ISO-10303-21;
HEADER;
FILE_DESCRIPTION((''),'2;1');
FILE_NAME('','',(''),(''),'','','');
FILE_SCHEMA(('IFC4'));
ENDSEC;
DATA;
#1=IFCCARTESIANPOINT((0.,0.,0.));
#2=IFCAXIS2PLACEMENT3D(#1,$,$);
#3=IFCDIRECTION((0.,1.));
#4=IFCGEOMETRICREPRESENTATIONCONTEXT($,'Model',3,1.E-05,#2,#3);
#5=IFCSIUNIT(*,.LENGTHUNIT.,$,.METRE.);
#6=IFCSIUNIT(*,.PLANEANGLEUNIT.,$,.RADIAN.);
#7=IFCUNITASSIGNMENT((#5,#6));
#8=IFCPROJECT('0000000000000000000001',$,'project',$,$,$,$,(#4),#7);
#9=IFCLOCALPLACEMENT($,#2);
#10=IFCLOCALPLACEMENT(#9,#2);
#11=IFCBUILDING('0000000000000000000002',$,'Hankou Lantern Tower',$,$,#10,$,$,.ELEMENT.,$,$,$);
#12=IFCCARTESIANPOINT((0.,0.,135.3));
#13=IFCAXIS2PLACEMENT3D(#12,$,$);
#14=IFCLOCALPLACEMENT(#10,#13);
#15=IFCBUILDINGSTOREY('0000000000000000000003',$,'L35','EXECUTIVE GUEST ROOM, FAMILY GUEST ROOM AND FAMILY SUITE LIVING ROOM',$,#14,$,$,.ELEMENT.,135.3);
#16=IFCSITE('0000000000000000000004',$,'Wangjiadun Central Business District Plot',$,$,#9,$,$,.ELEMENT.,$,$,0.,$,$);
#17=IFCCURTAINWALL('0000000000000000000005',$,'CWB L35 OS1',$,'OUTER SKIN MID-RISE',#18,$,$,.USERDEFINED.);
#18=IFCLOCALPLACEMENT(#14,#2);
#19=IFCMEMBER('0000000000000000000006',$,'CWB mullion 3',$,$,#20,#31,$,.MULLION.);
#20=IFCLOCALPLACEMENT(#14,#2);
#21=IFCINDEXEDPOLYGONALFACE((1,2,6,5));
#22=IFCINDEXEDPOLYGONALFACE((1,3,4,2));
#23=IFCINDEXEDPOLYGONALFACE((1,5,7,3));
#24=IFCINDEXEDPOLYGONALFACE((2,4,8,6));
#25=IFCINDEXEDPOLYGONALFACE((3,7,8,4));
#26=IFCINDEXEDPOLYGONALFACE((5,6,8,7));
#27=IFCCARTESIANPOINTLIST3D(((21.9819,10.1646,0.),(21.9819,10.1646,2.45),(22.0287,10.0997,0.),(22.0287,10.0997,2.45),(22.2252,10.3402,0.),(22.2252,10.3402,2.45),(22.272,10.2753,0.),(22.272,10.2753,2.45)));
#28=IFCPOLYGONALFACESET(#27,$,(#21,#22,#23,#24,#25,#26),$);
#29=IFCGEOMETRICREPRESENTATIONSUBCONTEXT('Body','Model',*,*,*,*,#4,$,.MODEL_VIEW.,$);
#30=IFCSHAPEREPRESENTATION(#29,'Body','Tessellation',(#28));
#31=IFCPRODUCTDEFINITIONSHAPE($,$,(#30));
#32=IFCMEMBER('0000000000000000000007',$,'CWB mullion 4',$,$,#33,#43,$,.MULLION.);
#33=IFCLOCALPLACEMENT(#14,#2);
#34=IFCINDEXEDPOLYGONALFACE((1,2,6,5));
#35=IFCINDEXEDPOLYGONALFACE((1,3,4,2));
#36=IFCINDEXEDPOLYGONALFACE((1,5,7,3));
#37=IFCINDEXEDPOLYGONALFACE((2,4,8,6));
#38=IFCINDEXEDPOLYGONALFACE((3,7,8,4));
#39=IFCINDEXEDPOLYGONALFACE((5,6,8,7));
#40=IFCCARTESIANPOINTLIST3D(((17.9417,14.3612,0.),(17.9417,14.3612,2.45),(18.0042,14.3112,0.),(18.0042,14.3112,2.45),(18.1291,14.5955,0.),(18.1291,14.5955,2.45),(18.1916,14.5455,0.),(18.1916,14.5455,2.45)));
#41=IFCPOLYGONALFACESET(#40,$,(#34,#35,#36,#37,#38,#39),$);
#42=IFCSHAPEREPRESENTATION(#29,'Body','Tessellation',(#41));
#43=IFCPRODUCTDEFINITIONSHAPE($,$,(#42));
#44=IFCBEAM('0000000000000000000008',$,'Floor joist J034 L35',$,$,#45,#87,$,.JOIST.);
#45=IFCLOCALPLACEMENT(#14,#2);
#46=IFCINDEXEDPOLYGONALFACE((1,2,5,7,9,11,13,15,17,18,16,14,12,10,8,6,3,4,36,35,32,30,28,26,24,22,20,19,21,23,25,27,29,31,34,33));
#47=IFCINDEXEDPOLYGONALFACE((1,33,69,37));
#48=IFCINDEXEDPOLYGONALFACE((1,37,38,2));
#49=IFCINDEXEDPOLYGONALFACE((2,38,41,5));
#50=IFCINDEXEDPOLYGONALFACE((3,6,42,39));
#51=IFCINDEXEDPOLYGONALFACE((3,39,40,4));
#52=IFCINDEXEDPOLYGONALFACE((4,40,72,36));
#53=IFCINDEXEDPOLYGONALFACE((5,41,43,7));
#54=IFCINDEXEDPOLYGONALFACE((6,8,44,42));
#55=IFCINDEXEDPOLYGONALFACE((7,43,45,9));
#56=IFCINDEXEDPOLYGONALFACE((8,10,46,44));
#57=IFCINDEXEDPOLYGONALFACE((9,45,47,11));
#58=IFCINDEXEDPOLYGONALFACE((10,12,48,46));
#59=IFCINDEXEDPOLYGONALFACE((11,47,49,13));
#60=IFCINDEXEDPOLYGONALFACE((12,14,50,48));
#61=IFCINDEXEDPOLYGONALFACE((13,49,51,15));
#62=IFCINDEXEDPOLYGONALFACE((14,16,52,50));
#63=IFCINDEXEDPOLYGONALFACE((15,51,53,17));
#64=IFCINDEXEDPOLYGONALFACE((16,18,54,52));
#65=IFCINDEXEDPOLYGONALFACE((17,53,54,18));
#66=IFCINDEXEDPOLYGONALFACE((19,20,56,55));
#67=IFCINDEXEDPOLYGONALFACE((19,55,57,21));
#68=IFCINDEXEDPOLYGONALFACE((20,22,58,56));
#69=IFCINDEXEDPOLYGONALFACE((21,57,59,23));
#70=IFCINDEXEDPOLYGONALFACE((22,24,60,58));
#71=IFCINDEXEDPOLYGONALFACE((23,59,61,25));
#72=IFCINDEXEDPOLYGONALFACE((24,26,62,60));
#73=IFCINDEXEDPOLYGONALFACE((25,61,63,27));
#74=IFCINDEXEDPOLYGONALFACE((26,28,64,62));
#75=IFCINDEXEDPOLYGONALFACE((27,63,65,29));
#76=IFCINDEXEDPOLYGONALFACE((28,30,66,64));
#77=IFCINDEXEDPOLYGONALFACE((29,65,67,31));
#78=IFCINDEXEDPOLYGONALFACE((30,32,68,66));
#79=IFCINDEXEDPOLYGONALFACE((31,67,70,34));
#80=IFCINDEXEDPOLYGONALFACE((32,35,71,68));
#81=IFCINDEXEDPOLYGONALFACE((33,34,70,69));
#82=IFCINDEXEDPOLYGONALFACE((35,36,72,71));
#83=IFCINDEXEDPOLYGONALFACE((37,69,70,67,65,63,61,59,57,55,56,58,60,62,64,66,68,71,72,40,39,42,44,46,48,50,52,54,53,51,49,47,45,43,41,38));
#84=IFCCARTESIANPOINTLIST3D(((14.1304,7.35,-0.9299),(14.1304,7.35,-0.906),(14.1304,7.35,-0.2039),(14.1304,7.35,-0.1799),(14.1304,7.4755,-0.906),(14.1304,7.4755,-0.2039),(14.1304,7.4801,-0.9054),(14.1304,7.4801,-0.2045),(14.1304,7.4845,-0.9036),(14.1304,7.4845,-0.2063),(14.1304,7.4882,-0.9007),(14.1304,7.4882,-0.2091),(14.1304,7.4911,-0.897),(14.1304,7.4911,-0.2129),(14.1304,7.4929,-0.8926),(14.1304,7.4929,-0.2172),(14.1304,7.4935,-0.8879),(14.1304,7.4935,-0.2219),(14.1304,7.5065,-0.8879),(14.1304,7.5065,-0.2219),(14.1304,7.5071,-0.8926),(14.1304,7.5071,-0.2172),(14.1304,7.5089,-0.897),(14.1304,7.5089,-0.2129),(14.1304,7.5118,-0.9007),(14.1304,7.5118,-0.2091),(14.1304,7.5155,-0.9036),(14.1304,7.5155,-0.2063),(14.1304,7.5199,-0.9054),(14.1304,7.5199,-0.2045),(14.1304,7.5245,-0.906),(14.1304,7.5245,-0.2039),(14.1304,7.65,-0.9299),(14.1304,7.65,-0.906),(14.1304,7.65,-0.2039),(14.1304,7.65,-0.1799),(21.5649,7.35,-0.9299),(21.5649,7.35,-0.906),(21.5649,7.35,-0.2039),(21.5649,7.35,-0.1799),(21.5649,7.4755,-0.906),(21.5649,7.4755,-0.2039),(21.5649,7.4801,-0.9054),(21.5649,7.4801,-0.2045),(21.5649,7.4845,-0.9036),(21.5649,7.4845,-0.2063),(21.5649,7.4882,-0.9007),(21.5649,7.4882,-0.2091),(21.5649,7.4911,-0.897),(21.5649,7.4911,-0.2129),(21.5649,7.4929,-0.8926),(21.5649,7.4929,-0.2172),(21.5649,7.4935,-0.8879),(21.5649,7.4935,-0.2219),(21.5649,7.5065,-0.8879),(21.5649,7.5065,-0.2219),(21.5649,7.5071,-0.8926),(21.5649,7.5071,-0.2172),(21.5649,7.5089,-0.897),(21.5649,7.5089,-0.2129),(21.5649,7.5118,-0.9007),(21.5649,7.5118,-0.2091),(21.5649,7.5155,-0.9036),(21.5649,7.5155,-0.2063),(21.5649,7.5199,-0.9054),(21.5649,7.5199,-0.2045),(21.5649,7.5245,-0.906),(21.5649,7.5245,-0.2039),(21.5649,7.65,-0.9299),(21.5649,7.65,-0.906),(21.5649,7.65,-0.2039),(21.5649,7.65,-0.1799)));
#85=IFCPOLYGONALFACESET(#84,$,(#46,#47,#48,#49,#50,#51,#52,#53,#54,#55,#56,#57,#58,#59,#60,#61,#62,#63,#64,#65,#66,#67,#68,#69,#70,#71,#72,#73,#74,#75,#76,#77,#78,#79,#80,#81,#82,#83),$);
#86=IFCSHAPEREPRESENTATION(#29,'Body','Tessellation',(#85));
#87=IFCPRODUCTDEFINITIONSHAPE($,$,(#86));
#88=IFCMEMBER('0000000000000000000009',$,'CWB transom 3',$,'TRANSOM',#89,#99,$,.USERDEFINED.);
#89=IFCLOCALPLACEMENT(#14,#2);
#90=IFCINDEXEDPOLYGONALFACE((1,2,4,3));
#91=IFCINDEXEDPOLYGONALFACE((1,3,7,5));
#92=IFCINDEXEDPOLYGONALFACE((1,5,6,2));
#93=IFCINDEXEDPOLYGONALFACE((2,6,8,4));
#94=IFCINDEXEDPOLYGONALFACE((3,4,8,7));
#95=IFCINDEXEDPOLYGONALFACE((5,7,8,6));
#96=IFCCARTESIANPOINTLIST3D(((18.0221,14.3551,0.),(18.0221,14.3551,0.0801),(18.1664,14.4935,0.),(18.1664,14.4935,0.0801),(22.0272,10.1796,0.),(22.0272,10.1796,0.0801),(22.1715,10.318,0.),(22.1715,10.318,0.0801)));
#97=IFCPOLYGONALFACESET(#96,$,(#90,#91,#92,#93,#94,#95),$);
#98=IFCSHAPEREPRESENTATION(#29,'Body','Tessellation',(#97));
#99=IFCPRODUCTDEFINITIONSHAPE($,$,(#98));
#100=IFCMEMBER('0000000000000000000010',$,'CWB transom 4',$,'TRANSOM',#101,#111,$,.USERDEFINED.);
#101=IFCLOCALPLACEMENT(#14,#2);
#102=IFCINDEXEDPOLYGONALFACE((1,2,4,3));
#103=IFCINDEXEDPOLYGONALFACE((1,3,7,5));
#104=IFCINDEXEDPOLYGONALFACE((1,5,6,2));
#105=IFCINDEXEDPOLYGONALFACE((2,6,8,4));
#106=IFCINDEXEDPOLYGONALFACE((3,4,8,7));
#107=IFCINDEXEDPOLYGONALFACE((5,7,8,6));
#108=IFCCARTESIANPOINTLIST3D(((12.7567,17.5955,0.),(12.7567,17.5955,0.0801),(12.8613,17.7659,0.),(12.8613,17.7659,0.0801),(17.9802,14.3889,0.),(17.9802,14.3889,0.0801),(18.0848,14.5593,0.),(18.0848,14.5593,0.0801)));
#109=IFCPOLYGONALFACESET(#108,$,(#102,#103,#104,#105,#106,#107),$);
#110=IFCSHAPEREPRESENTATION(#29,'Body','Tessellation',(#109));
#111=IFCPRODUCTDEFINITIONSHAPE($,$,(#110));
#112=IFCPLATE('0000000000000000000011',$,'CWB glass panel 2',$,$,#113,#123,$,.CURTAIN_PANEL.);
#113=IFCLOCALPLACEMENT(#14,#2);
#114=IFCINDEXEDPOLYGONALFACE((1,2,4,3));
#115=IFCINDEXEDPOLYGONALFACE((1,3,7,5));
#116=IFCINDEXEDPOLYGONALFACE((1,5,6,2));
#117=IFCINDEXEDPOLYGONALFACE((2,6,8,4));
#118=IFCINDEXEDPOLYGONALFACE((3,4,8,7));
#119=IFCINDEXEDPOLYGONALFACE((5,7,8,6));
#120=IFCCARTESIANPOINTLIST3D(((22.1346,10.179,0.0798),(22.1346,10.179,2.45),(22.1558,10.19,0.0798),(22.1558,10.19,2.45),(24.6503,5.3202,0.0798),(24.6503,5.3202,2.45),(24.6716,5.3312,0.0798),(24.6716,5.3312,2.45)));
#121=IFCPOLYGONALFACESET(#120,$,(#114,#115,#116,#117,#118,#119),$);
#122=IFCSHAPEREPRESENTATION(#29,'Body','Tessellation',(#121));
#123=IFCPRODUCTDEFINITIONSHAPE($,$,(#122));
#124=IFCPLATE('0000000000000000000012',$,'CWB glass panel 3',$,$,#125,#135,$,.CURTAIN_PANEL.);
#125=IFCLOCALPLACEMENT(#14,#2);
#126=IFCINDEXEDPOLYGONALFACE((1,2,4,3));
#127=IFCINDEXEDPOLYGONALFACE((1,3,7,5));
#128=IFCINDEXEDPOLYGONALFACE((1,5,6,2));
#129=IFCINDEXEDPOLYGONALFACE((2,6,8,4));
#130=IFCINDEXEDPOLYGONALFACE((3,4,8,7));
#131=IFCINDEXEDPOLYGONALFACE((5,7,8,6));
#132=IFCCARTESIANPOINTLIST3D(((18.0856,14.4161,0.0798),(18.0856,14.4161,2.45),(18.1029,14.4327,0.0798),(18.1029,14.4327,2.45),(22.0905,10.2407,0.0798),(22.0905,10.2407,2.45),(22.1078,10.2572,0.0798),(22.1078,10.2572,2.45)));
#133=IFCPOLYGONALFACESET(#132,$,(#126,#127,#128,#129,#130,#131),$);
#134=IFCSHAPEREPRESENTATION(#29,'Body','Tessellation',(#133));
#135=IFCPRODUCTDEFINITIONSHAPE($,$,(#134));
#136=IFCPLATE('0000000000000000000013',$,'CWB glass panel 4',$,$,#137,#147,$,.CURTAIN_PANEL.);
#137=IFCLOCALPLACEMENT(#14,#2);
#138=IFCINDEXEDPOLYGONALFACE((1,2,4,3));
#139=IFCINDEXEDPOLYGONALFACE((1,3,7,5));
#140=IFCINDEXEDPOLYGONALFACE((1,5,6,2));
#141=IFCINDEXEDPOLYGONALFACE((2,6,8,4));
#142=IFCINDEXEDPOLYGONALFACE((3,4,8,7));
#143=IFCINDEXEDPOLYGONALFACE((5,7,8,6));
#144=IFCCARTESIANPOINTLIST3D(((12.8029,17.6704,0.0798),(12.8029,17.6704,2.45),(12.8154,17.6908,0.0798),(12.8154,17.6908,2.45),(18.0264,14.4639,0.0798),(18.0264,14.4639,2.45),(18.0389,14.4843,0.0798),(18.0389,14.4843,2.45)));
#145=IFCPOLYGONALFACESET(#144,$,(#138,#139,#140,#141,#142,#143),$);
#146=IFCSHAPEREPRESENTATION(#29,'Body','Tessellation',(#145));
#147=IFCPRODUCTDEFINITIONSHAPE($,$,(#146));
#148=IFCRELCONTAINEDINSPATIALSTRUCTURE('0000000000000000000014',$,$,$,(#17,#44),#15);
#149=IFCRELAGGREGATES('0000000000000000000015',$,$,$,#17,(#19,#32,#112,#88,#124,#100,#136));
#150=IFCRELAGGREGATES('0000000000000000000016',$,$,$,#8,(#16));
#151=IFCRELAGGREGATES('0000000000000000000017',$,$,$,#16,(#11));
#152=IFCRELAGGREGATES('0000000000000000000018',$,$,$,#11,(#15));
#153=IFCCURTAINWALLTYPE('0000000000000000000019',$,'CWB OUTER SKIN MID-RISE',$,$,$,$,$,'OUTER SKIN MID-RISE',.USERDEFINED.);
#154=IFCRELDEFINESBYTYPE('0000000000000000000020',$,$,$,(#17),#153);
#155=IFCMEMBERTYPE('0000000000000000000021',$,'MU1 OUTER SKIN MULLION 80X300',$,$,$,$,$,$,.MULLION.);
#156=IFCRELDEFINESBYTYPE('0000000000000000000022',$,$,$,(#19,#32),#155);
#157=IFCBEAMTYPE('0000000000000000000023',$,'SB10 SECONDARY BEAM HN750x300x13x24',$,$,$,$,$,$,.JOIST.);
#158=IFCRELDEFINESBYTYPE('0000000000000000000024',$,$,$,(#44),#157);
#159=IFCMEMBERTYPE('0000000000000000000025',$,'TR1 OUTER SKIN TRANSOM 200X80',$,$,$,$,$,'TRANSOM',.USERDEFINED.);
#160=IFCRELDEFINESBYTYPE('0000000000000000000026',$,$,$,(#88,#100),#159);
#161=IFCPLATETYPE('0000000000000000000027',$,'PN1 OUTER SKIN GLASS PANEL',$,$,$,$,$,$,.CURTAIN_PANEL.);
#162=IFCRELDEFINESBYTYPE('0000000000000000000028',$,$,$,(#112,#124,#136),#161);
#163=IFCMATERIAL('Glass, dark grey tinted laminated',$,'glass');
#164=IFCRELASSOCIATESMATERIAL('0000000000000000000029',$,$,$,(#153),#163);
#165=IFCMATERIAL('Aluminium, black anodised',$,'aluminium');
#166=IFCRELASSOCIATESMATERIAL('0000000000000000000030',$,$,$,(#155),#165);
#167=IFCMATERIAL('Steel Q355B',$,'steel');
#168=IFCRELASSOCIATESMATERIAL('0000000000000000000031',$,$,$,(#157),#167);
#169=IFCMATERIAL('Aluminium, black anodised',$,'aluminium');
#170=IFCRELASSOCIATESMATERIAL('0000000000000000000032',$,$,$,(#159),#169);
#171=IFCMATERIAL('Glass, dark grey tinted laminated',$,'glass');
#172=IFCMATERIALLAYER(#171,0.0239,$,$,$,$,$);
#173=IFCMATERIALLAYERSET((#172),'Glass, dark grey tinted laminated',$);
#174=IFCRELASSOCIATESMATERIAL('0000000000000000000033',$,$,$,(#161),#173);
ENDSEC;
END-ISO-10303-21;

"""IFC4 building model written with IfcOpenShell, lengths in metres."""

from ifc_helpers import new_model, si_unit, direction, frame, origin, origin_2d, place, context, subcontext, project, spatial, rectangle, i_section, extrude, material, layer, layer_set, material_profile, profile_set, type_object, element, aggregate, save


model = new_model("IFC4")

# Units and contexts
model_context = context("Model", 3, precision=1e-05, world=origin(), true_north=direction((0.0, 1.0)))
body_context = subcontext(model_context, "Body", "Model", "MODEL_VIEW")
ifc_project = project(units=[si_unit("LENGTHUNIT", "METRE"), si_unit("PLANEANGLEUNIT", "RADIAN")], contexts=[model_context])

# Site, building, storey
site_placement = place(None, origin())
site = spatial("IfcSite", under=ifc_project, at=site_placement, Name="Wangjiadun Central Business District Plot", CompositionType="ELEMENT", RefElevation=0.0)
building_placement = place(site_placement, origin())
building = spatial("IfcBuilding", under=site, at=building_placement, Name="Hankou Lantern Tower", CompositionType="ELEMENT")
storey_placement = place(building_placement, frame((0.0, 0.0, 135.3)))
storey = spatial("IfcBuildingStorey", under=building, at=storey_placement, Name="L35", Description="EXECUTIVE GUEST ROOM, FAMILY GUEST ROOM AND FAMILY SUITE LIVING ROOM", CompositionType="ELEMENT", Elevation=135.3)

# Curtain wall, members
ifc_material_1 = material(Name="Glass, dark grey tinted laminated", Category="glass")
curtain_wall_type = type_object("IfcCurtainWallType", Name="CWB OUTER SKIN MID-RISE", ElementType="OUTER SKIN MID-RISE", PredefinedType="USERDEFINED", material=ifc_material_1)
curtain_wall_placement = place(storey_placement, origin())
curtain_wall = element("IfcCurtainWall", 1, at=curtain_wall_placement, inside=storey, type_object=curtain_wall_type, Name="CWB L35 OS1", ObjectType="OUTER SKIN MID-RISE", PredefinedType="USERDEFINED")
ifc_material_2 = material(Name="Aluminium, black anodised", Category="aluminium")
ifc_material_profile_1 = material_profile(ifc_material_2, rectangle(XDim=0.0801, YDim=0.3, at=origin_2d()), Name="MU1 80X300")
ifc_profile_set_1 = profile_set([ifc_material_profile_1], Name="Aluminium, black anodised")
member_type_1 = type_object("IfcMemberType", Name="MU1 OUTER SKIN MULLION 80X300", PredefinedType="MULLION", material=ifc_profile_set_1)
member_1_placement = place(storey_placement, frame((22.127, 10.22, 0.0), z_axis=(0.0, 0.0, 1.0), x_axis=(-0.585206, 0.810885, 0.0)))
member_1 = element("IfcMember", 2, at=member_1_placement, type_object=member_type_1, Name="CWB mullion 3", PredefinedType="MULLION", context=body_context, shape_type="SweptSolid", body=[
    extrude(rectangle(XDim=0.0801, YDim=0.3, at=origin_2d()), origin(), (0.0, 0.0, 1.0), 2.45),
])
member_2_placement = place(storey_placement, frame((18.0667, 14.4534, 0.0), z_axis=(0.0, 0.0, 1.0), x_axis=(-0.780869, 0.624695, 0.0)))
member_2 = element("IfcMember", 3, at=member_2_placement, type_object=member_type_1, Name="CWB mullion 4", PredefinedType="MULLION", context=body_context, shape_type="SweptSolid", body=[
    extrude(rectangle(XDim=0.0801, YDim=0.3, at=origin_2d()), origin(), (0.0, 0.0, 1.0), 2.45),
])

# Beam
ifc_material_3 = material(Name="Steel Q355B", Category="steel")
ifc_material_profile_2 = material_profile(ifc_material_3, i_section(OverallWidth=0.3, OverallDepth=0.75, WebThickness=0.0129, FlangeThickness=0.0239, FilletRadius=0.0181, at=origin_2d()), Name="HN750x300x13x24")
ifc_profile_set_2 = profile_set([ifc_material_profile_2], Name="Steel Q355B")
beam_type_1 = type_object("IfcBeamType", Name="SB10 SECONDARY BEAM HN750x300x13x24", PredefinedType="JOIST", material=ifc_profile_set_2)
beam_1_placement = place(storey_placement, frame((14.1304, 7.5, -0.5549), z_axis=(1.0, 0.0, 0.0), x_axis=(0.0, 1.0, 0.0)))
element("IfcBeam", 4, at=beam_1_placement, inside=storey, type_object=beam_type_1, Name="Floor joist J034 L35", PredefinedType="JOIST", context=body_context, shape_type="SweptSolid", body=[
    extrude(i_section(OverallWidth=0.3, OverallDepth=0.75, WebThickness=0.0129, FlangeThickness=0.0239, FilletRadius=0.0181, at=origin_2d()), origin(), (0.0, 0.0, 1.0), 7.4346),
])

# Members
ifc_material_4 = material(Name="Aluminium, black anodised", Category="aluminium")
ifc_material_profile_3 = material_profile(ifc_material_4, rectangle(XDim=0.2, YDim=0.0801, at=origin_2d()), Name="TR1 200X80")
ifc_profile_set_3 = profile_set([ifc_material_profile_3], Name="Aluminium, black anodised")
member_type_2 = type_object("IfcMemberType", Name="TR1 OUTER SKIN TRANSOM 200X80", ElementType="TRANSOM", PredefinedType="USERDEFINED", material=ifc_profile_set_3)
member_3_placement = place(storey_placement, frame((22.0994, 10.2488, 0.04), z_axis=(-0.692227, 0.72168, 0.0), x_axis=(-0.72168, -0.692227, 0.0)))
member_3 = element("IfcMember", 5, at=member_3_placement, type_object=member_type_2, Name="CWB transom 3", ObjectType="TRANSOM", PredefinedType="USERDEFINED", context=body_context, shape_type="SweptSolid", body=[
    extrude(rectangle(XDim=0.2, YDim=0.0801, at=origin_2d()), origin(), (0.0, 0.0, 1.0), 5.7859),
])
member_4_placement = place(storey_placement, frame((18.0325, 14.4741, 0.04), z_axis=(-0.852229, 0.523168, 0.0), x_axis=(-0.523168, -0.852229, 0.0)))
member_4 = element("IfcMember", 6, at=member_4_placement, type_object=member_type_2, Name="CWB transom 4", ObjectType="TRANSOM", PredefinedType="USERDEFINED", context=body_context, shape_type="SweptSolid", body=[
    extrude(rectangle(XDim=0.2, YDim=0.0801, at=origin_2d()), origin(), (0.0, 0.0, 1.0), 6.1292),
])

# Plates
ifc_material_5 = material(Name="Glass, dark grey tinted laminated", Category="glass")
ifc_layer_1 = layer(ifc_material_5, 0.0239)
ifc_layer_set_1 = layer_set([ifc_layer_1], Name="Glass, dark grey tinted laminated")
plate_type = type_object("IfcPlateType", Name="PN1 OUTER SKIN GLASS PANEL", PredefinedType="CURTAIN_PANEL", material=ifc_layer_set_1)
plate_1_placement = place(storey_placement, frame((23.4031, 7.7551, 0.0798), z_axis=(0.0, 0.0, 1.0), x_axis=(-0.459791, 0.888027, 0.0)))
plate_1 = element("IfcPlate", 7, at=plate_1_placement, type_object=plate_type, Name="CWB glass panel 2", PredefinedType="CURTAIN_PANEL", context=body_context, shape_type="SweptSolid", body=[
    extrude(rectangle(XDim=5.4714, YDim=0.0239, at=origin_2d()), origin(), (0.0, 0.0, 1.0), 2.3701),
])
plate_2_placement = place(storey_placement, frame((20.0967, 12.3367, 0.0798), z_axis=(0.0, 0.0, 1.0), x_axis=(-0.692216, 0.721691, 0.0)))
plate_2 = element("IfcPlate", 8, at=plate_2_placement, type_object=plate_type, Name="CWB glass panel 3", PredefinedType="CURTAIN_PANEL", context=body_context, shape_type="SweptSolid", body=[
    extrude(rectangle(XDim=5.7856, YDim=0.0239, at=origin_2d()), origin(), (0.0, 0.0, 1.0), 2.3701),
])
plate_3_placement = place(storey_placement, frame((15.4209, 16.0774, 0.0798), z_axis=(0.0, 0.0, 1.0), x_axis=(-0.852237, 0.523156, 0.0)))
plate_3 = element("IfcPlate", 9, at=plate_3_placement, type_object=plate_type, Name="CWB glass panel 4", PredefinedType="CURTAIN_PANEL", context=body_context, shape_type="SweptSolid", body=[
    extrude(rectangle(XDim=6.1292, YDim=0.0239, at=origin_2d()), origin(), (0.0, 0.0, 1.0), 2.3701),
])
aggregate(curtain_wall, [member_1, member_2, plate_1, member_3, plate_2, member_4, plate_3])

save(model, "model.ifc")
